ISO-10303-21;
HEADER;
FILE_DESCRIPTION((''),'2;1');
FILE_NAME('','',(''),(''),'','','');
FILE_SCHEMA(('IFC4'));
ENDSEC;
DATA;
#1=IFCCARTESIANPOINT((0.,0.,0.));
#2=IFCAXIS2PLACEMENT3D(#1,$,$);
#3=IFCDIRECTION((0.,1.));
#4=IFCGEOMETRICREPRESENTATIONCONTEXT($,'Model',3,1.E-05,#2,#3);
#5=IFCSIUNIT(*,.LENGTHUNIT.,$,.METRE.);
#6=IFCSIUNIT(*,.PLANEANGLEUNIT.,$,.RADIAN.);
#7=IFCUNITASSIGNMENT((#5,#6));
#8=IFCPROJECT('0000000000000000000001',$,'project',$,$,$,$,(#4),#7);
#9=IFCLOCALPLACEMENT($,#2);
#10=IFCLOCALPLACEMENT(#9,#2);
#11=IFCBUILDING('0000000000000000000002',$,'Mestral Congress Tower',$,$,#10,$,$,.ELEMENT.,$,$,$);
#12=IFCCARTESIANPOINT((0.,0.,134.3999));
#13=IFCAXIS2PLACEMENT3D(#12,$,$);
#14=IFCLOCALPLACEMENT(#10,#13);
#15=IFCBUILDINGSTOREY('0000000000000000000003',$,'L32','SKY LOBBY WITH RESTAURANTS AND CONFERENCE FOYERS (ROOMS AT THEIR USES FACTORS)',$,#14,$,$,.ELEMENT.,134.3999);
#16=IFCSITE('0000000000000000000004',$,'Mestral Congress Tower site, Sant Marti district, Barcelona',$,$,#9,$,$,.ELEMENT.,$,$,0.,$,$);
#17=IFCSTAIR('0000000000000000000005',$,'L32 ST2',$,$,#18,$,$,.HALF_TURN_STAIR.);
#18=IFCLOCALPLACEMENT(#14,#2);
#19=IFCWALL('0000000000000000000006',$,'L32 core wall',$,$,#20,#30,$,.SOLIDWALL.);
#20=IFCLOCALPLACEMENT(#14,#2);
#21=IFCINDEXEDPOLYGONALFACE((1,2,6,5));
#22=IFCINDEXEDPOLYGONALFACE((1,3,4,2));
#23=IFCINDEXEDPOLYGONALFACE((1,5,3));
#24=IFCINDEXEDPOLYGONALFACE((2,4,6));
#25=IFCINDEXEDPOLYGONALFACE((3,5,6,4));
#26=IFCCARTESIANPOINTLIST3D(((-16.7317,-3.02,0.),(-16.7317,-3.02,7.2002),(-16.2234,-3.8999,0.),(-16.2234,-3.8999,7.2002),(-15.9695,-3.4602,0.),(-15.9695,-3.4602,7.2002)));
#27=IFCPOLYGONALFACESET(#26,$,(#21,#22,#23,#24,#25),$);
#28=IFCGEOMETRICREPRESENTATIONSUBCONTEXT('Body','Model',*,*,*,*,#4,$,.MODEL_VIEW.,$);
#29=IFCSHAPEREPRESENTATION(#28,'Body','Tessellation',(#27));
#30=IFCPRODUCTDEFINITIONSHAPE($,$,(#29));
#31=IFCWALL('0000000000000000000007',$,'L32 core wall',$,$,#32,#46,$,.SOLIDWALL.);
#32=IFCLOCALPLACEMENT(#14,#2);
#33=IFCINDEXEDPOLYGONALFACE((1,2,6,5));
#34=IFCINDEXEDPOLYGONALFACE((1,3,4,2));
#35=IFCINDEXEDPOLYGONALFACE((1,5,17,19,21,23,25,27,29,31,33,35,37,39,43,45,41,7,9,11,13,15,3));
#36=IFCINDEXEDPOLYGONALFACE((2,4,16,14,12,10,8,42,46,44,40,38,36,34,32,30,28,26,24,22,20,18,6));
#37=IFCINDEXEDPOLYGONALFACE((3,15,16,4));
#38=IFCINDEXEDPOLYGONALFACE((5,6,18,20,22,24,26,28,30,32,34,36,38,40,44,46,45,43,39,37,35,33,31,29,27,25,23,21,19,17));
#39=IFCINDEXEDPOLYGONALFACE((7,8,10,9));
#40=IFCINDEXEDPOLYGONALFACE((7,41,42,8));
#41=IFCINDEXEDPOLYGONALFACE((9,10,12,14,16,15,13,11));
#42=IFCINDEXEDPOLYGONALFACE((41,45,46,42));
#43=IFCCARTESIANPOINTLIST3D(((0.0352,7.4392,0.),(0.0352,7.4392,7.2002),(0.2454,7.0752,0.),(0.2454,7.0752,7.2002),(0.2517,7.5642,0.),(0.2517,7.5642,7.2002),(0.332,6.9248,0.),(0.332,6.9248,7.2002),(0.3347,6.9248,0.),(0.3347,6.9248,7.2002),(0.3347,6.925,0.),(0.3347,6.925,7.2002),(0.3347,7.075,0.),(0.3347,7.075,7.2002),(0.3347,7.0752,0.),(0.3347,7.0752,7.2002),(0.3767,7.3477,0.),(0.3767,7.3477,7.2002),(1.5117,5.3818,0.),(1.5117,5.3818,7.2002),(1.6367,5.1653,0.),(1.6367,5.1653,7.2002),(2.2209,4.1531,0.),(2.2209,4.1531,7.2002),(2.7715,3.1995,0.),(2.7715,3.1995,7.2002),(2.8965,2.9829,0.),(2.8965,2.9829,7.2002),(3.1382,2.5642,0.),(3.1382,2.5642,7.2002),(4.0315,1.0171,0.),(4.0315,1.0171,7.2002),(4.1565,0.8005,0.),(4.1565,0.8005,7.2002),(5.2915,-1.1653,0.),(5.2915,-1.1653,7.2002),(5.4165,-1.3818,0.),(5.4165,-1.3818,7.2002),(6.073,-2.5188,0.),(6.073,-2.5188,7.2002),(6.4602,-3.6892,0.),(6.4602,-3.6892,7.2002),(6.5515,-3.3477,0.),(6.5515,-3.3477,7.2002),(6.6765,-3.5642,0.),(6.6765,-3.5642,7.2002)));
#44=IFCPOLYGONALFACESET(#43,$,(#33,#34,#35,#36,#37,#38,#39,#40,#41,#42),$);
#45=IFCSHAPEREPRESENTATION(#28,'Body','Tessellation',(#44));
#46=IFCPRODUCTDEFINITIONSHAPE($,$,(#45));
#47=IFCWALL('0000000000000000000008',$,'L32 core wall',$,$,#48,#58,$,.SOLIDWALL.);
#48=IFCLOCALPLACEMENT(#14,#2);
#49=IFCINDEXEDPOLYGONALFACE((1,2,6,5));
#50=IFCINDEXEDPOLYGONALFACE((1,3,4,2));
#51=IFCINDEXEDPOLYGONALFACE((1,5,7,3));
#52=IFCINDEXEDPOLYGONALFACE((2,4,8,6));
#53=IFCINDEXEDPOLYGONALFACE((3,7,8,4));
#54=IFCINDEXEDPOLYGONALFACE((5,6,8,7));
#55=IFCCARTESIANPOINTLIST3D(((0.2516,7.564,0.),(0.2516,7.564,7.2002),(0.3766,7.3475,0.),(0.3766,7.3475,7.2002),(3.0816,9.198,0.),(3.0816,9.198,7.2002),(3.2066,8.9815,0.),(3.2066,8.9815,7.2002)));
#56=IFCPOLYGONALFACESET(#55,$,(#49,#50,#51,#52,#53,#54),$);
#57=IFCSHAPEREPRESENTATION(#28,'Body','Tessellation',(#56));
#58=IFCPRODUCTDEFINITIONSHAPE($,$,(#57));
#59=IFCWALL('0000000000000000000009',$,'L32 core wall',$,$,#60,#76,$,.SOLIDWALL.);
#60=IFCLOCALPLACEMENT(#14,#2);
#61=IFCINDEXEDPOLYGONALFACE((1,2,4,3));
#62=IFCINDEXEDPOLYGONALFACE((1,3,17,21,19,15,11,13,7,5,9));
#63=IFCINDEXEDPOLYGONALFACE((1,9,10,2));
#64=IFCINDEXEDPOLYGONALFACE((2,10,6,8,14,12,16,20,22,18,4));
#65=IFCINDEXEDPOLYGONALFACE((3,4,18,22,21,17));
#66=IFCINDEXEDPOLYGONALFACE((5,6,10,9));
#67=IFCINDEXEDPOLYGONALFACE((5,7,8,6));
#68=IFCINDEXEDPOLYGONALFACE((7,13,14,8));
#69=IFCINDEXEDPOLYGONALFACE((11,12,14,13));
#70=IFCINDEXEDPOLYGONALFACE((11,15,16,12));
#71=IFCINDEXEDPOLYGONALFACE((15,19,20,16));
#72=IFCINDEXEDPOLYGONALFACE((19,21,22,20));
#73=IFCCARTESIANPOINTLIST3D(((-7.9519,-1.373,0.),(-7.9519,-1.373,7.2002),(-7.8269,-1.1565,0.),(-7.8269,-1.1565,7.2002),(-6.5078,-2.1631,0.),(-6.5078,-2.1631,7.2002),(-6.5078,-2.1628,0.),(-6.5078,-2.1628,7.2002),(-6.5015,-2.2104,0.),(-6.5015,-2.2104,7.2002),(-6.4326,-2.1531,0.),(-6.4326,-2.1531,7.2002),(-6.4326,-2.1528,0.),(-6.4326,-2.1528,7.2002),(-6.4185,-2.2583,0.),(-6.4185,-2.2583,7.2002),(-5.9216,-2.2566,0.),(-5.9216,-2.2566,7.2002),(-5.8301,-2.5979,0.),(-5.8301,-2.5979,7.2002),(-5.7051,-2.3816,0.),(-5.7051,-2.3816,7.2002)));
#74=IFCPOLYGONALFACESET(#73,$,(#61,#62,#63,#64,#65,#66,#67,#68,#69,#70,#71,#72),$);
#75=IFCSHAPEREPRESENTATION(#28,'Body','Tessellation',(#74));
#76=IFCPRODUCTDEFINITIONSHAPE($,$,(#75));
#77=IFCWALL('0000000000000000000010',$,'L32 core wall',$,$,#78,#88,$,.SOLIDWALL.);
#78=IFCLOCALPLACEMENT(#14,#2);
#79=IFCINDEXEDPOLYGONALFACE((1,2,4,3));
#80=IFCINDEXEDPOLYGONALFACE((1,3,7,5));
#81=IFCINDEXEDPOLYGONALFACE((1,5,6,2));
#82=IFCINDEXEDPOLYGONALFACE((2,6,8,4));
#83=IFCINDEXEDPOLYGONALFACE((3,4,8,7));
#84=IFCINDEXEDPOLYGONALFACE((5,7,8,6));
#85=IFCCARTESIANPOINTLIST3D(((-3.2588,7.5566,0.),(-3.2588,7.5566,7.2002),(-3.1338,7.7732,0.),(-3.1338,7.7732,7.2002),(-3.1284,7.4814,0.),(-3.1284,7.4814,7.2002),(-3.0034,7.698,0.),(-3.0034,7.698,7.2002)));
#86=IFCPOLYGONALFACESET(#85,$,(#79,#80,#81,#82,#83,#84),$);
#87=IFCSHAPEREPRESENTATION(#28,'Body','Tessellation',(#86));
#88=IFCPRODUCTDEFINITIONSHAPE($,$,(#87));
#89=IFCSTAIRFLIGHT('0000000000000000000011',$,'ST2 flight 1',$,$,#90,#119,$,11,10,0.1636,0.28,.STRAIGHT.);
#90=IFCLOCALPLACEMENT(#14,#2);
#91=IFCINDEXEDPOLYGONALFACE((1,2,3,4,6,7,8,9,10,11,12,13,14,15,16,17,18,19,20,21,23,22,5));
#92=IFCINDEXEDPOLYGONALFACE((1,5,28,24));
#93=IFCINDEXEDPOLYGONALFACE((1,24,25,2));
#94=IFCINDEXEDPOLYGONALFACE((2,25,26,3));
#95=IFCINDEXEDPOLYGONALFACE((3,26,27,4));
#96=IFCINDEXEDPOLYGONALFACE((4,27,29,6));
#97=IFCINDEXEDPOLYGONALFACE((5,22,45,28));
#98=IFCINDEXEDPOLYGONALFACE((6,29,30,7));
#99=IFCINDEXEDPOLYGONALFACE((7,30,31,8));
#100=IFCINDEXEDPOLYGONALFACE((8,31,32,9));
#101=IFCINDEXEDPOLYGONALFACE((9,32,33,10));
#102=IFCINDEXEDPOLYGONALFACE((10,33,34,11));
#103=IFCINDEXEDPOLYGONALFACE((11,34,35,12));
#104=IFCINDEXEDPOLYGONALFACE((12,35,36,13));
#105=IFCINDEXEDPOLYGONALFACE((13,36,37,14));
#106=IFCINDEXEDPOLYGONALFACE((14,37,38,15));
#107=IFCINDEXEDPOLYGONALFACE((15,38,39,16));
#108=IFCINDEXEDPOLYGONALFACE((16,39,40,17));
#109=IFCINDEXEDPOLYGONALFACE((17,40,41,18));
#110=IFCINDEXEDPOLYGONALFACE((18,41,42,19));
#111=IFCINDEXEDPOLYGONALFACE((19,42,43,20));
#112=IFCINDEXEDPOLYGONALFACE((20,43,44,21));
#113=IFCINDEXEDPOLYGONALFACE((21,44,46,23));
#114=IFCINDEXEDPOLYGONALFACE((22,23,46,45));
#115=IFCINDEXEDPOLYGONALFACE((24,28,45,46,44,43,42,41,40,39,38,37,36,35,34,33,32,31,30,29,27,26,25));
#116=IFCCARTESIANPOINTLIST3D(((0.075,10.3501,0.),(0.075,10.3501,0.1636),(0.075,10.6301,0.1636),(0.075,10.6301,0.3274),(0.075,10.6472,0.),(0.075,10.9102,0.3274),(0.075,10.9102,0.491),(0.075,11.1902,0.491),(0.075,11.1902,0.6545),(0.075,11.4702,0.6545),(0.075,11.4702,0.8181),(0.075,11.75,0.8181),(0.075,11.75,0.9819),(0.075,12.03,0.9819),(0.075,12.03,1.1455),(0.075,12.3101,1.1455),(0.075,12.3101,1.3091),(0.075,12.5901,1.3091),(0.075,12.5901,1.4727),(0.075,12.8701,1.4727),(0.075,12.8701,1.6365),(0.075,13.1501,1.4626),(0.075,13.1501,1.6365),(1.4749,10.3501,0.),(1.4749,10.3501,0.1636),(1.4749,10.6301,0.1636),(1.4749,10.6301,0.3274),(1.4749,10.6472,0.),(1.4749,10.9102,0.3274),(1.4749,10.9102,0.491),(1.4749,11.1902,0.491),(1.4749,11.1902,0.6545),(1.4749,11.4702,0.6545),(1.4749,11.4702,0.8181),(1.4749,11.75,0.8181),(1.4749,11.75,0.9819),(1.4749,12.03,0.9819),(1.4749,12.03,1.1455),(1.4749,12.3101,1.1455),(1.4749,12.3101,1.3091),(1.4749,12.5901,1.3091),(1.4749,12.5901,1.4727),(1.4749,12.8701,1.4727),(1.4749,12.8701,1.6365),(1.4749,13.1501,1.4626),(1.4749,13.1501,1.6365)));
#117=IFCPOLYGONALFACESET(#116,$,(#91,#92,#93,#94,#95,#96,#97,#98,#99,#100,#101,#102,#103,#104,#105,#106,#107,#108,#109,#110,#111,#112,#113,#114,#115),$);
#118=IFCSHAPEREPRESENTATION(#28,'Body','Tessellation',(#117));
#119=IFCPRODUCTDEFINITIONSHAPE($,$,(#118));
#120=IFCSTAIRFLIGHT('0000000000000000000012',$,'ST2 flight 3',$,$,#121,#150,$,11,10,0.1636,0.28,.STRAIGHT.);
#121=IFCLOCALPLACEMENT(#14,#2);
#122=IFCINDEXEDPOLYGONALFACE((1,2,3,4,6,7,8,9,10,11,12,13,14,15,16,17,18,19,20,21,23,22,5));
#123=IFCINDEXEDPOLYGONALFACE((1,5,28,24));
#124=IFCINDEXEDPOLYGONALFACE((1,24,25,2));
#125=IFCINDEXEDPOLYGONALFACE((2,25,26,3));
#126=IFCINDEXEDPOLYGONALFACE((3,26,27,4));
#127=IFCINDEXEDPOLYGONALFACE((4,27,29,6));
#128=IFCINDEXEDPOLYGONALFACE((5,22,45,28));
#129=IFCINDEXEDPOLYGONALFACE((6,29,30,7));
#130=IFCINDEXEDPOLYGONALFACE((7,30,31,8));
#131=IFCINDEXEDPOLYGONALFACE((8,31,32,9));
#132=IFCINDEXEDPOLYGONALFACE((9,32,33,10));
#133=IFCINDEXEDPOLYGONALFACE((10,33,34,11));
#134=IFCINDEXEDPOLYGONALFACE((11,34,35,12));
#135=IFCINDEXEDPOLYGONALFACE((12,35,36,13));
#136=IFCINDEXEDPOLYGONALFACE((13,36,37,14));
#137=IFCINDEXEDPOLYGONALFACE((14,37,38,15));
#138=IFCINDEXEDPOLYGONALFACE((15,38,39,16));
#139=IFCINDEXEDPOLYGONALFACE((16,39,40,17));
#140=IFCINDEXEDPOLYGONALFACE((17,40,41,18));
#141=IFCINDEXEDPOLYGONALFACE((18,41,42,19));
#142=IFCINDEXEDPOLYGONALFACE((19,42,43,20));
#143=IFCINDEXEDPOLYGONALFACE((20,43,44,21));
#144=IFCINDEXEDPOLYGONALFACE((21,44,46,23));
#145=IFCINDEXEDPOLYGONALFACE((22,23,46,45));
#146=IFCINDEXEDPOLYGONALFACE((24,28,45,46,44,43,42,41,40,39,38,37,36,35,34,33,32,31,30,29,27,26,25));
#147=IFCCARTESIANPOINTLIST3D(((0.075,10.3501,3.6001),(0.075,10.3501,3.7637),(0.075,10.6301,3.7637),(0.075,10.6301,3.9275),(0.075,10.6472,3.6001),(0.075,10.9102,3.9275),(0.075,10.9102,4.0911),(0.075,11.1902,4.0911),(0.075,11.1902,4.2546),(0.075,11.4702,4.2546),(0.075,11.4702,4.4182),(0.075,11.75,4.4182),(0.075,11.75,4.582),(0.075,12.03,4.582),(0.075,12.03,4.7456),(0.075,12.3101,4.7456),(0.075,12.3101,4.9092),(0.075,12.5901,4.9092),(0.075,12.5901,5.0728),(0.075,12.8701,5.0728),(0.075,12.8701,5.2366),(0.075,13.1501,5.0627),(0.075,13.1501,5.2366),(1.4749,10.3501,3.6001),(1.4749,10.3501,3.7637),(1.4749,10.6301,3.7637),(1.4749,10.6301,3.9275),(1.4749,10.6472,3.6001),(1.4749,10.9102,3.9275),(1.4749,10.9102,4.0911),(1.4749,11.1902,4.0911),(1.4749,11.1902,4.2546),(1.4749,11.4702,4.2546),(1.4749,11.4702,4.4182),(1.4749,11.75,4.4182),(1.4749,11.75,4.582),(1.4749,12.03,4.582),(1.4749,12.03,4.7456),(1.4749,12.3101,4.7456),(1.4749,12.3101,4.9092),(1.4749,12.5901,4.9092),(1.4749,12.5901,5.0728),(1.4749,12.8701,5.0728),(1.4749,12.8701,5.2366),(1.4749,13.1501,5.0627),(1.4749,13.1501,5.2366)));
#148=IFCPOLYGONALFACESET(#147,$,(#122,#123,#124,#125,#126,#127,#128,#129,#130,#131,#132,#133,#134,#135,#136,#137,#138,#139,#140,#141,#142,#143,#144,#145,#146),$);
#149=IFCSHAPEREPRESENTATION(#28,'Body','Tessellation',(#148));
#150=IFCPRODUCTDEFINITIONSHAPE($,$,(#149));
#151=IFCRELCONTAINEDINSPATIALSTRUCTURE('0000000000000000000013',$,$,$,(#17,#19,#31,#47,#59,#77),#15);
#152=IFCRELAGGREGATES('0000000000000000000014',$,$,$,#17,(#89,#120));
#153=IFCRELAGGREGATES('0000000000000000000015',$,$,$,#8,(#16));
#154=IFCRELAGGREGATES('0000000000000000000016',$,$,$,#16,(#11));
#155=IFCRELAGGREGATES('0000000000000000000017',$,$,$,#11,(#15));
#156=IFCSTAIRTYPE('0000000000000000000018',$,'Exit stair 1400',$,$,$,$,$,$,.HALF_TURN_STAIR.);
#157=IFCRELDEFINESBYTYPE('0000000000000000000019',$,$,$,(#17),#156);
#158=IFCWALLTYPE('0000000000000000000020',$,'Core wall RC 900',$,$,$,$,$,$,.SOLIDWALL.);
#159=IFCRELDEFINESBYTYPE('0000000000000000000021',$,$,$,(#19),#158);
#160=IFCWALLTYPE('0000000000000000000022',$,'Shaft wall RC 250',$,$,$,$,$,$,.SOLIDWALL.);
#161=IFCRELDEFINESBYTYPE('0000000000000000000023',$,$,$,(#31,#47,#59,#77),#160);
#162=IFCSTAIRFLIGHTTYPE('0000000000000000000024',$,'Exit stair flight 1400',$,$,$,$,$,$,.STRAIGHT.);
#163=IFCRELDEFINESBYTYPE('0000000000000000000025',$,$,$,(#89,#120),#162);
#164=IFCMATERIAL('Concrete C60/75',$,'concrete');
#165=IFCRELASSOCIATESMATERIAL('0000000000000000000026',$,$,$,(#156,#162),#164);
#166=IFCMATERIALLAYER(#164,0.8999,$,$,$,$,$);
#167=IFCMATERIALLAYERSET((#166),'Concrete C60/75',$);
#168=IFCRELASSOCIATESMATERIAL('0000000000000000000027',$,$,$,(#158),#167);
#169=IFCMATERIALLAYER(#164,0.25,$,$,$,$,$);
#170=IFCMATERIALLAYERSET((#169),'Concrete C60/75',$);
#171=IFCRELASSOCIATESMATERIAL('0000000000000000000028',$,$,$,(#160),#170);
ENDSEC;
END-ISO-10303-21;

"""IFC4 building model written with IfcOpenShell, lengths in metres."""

from ifc_helpers import new_model, si_unit, direction, frame, frame_2d, origin, place, context, subcontext, project, spatial, polyline, rectangle, outline, extrude, material, layer, layer_set, type_object, element, aggregate, save


model = new_model("IFC4")

# Units and contexts
model_context = context("Model", 3, precision=1e-05, world=origin(), true_north=direction((0.0, 1.0)))
body_context = subcontext(model_context, "Body", "Model", "MODEL_VIEW")
ifc_project = project(units=[si_unit("LENGTHUNIT", "METRE"), si_unit("PLANEANGLEUNIT", "RADIAN")], contexts=[model_context])

# Site, building, storey
site_placement = place(None, origin())
site = spatial("IfcSite", under=ifc_project, at=site_placement, Name="Mestral Congress Tower site, Sant Marti district, Barcelona", CompositionType="ELEMENT", RefElevation=0.0)
building_placement = place(site_placement, origin())
building = spatial("IfcBuilding", under=site, at=building_placement, Name="Mestral Congress Tower", CompositionType="ELEMENT")
storey_placement = place(building_placement, frame((0.0, 0.0, 134.3999)))
storey = spatial("IfcBuildingStorey", under=building, at=storey_placement, Name="L32", Description="SKY LOBBY WITH RESTAURANTS AND CONFERENCE FOYERS (ROOMS AT THEIR USES FACTORS)", CompositionType="ELEMENT", Elevation=134.3999)

# Shared definitions
ifc_material_1 = material(Name="Concrete C60/75", Category="concrete")

# Stair
stair_type = type_object("IfcStairType", Name="Exit stair 1400", PredefinedType="HALF_TURN_STAIR", material=ifc_material_1)
placement_1 = place(storey_placement, origin())
stair_1 = element("IfcStair", 1, at=placement_1, inside=storey, type_object=stair_type, Name="L32 ST2", PredefinedType="HALF_TURN_STAIR")

# Walls
ifc_layer_1 = layer(ifc_material_1, 0.8999)
ifc_layer_set_1 = layer_set([ifc_layer_1], Name="Concrete C60/75")
wall_type_1 = type_object("IfcWallType", Name="Core wall RC 900", PredefinedType="SOLIDWALL", material=ifc_layer_set_1)
element("IfcWall", 2, at=placement_1, inside=storey, type_object=wall_type_1, Name="L32 core wall", PredefinedType="SOLIDWALL", context=body_context, shape_type="SweptSolid", body=[
    extrude(outline(polyline([(-16.2234, -3.8999), (-16.7317, -3.02), (-15.9695, -3.4602), (-16.2234, -3.8999)])), origin(), (0.0, 0.0, 1.0), 7.2002),
])
ifc_layer_2 = layer(ifc_material_1, 0.25)
ifc_layer_set_2 = layer_set([ifc_layer_2], Name="Concrete C60/75")
wall_type_2 = type_object("IfcWallType", Name="Shaft wall RC 250", PredefinedType="SOLIDWALL", material=ifc_layer_set_2)
element("IfcWall", 3, at=placement_1, inside=storey, type_object=wall_type_2, Name="L32 core wall", PredefinedType="SOLIDWALL", context=body_context, shape_type="SweptSolid", body=[
    extrude(outline(polyline([(0.3347, 6.925), (0.3347, 6.925), (0.3347, 7.075), (0.3347, 7.075), (0.3347, 7.0752), (0.2454, 7.0752), (0.0352, 7.4392), (0.2517, 7.5642), (0.3767, 7.3477), (1.5117, 5.3818), (1.6367, 5.1653), (2.2209, 4.1531), (2.7715, 3.1995), (2.8965, 2.9829), (3.1382, 2.5642), (4.0315, 1.0171), (4.1565, 0.8005), (5.2915, -1.1653), (5.4165, -1.3818), (6.073, -2.5188), (6.5515, -3.3477), (6.6765, -3.5642), (6.4602, -3.6892), (0.332, 6.9248), (0.3347, 6.9248), (0.3347, 6.925)])), origin(), (0.0, 0.0, 1.0), 7.2002),
])
wall_1_placement = place(storey_placement, frame((0.3142, 7.4558, 0.0), z_axis=(0.0, 0.0, 1.0), x_axis=(0.866014, 0.50002, 0.0)))
element("IfcWall", 4, at=wall_1_placement, inside=storey, type_object=wall_type_2, Name="L32 core wall", PredefinedType="SOLIDWALL", context=body_context, shape_type="SweptSolid", body=[
    extrude(rectangle(XDim=3.2678, YDim=0.25, at=frame_2d((1.6338, 0.0))), origin(), (0.0, 0.0, 1.0), 7.2002),
])
element("IfcWall", 5, at=placement_1, inside=storey, type_object=wall_type_2, Name="L32 core wall", PredefinedType="SOLIDWALL", context=body_context, shape_type="SweptSolid", body=[
    extrude(outline(polyline([(-5.9216, -2.2566), (-5.9216, -2.2566), (-5.7051, -2.3816), (-5.8301, -2.5979), (-6.4185, -2.2583), (-6.4326, -2.1531), (-6.4326, -2.1528), (-6.4326, -2.1528), (-6.5078, -2.1628), (-6.5078, -2.1628), (-6.5078, -2.1631), (-6.5015, -2.2104), (-7.9519, -1.373), (-7.8269, -1.1565), (-5.9216, -2.2566)])), origin(), (0.0, 0.0, 1.0), 7.2002),
])
element("IfcWall", 6, at=placement_1, inside=storey, type_object=wall_type_2, Name="L32 core wall", PredefinedType="SOLIDWALL", context=body_context, shape_type="SweptSolid", body=[
    extrude(outline(polyline([(-3.1284, 7.4814), (-3.2588, 7.5566), (-3.1338, 7.7732), (-3.0034, 7.698), (-3.1284, 7.4814)])), origin(), (0.0, 0.0, 1.0), 7.2002),
])

# Stair flights
stair_flight_type = type_object("IfcStairFlightType", Name="Exit stair flight 1400", PredefinedType="STRAIGHT", material=ifc_material_1)
stair_flight_1_placement = place(storey_placement, frame((0.7749, 10.3501, 0.0), z_axis=(0.0, 0.0, 1.0), x_axis=(0.0, 1.0, 0.0)))
stair_flight_1 = element("IfcStairFlight", 7, at=stair_flight_1_placement, type_object=stair_flight_type, Name="ST2 flight 1", NumberOfRisers=11, NumberOfTreads=10, PredefinedType="STRAIGHT", RiserHeight=0.1636, TreadLength=0.28, context=body_context, shape_type="SweptSolid", body=[
    extrude(outline(polyline([(0.0, 0.0), (0.0, 0.1636), (0.28, 0.1636), (0.28, 0.3274), (0.5601, 0.3274), (0.5601, 0.491), (0.8401, 0.491), (0.8401, 0.6545), (1.1201, 0.6545), (1.1201, 0.8181), (1.3999, 0.8181), (1.3999, 0.9819), (1.6799, 0.9819), (1.6799, 1.1455), (1.96, 1.1455), (1.96, 1.3091), (2.24, 1.3091), (2.24, 1.4727), (2.52, 1.4727), (2.52, 1.6365), (2.8, 1.6365), (2.8, 1.8), (2.8, 1.4626), (0.2971, 0.0), (0.0, 0.0)])), frame((0.0, 0.7, 0.0), z_axis=(0.0, -1.0, 0.0), x_axis=(1.0, 0.0, 0.0)), (0.0, 0.0, 1.0), 1.3999),
])
stair_flight_2_placement = place(storey_placement, frame((0.7749, 10.3501, 3.6001), z_axis=(0.0, 0.0, 1.0), x_axis=(0.0, 1.0, 0.0)))
stair_flight_2 = element("IfcStairFlight", 8, at=stair_flight_2_placement, type_object=stair_flight_type, Name="ST2 flight 3", NumberOfRisers=11, NumberOfTreads=10, PredefinedType="STRAIGHT", RiserHeight=0.1636, TreadLength=0.28, context=body_context, shape_type="SweptSolid", body=[
    extrude(outline(polyline([(0.0, 0.0), (0.0, 0.1636), (0.28, 0.1636), (0.28, 0.3274), (0.5601, 0.3274), (0.5601, 0.491), (0.8401, 0.491), (0.8401, 0.6545), (1.1201, 0.6545), (1.1201, 0.8181), (1.3999, 0.8181), (1.3999, 0.9819), (1.6799, 0.9819), (1.6799, 1.1455), (1.96, 1.1455), (1.96, 1.3091), (2.24, 1.3091), (2.24, 1.4727), (2.52, 1.4727), (2.52, 1.6365), (2.8, 1.6365), (2.8, 1.8), (2.8, 1.4626), (0.2971, 0.0), (0.0, 0.0)])), frame((0.0, 0.7, 0.0), z_axis=(0.0, -1.0, 0.0), x_axis=(1.0, 0.0, 0.0)), (0.0, 0.0, 1.0), 1.3999),
])
aggregate(stair_1, [stair_flight_1, stair_flight_2])

save(model, "model.ifc")
